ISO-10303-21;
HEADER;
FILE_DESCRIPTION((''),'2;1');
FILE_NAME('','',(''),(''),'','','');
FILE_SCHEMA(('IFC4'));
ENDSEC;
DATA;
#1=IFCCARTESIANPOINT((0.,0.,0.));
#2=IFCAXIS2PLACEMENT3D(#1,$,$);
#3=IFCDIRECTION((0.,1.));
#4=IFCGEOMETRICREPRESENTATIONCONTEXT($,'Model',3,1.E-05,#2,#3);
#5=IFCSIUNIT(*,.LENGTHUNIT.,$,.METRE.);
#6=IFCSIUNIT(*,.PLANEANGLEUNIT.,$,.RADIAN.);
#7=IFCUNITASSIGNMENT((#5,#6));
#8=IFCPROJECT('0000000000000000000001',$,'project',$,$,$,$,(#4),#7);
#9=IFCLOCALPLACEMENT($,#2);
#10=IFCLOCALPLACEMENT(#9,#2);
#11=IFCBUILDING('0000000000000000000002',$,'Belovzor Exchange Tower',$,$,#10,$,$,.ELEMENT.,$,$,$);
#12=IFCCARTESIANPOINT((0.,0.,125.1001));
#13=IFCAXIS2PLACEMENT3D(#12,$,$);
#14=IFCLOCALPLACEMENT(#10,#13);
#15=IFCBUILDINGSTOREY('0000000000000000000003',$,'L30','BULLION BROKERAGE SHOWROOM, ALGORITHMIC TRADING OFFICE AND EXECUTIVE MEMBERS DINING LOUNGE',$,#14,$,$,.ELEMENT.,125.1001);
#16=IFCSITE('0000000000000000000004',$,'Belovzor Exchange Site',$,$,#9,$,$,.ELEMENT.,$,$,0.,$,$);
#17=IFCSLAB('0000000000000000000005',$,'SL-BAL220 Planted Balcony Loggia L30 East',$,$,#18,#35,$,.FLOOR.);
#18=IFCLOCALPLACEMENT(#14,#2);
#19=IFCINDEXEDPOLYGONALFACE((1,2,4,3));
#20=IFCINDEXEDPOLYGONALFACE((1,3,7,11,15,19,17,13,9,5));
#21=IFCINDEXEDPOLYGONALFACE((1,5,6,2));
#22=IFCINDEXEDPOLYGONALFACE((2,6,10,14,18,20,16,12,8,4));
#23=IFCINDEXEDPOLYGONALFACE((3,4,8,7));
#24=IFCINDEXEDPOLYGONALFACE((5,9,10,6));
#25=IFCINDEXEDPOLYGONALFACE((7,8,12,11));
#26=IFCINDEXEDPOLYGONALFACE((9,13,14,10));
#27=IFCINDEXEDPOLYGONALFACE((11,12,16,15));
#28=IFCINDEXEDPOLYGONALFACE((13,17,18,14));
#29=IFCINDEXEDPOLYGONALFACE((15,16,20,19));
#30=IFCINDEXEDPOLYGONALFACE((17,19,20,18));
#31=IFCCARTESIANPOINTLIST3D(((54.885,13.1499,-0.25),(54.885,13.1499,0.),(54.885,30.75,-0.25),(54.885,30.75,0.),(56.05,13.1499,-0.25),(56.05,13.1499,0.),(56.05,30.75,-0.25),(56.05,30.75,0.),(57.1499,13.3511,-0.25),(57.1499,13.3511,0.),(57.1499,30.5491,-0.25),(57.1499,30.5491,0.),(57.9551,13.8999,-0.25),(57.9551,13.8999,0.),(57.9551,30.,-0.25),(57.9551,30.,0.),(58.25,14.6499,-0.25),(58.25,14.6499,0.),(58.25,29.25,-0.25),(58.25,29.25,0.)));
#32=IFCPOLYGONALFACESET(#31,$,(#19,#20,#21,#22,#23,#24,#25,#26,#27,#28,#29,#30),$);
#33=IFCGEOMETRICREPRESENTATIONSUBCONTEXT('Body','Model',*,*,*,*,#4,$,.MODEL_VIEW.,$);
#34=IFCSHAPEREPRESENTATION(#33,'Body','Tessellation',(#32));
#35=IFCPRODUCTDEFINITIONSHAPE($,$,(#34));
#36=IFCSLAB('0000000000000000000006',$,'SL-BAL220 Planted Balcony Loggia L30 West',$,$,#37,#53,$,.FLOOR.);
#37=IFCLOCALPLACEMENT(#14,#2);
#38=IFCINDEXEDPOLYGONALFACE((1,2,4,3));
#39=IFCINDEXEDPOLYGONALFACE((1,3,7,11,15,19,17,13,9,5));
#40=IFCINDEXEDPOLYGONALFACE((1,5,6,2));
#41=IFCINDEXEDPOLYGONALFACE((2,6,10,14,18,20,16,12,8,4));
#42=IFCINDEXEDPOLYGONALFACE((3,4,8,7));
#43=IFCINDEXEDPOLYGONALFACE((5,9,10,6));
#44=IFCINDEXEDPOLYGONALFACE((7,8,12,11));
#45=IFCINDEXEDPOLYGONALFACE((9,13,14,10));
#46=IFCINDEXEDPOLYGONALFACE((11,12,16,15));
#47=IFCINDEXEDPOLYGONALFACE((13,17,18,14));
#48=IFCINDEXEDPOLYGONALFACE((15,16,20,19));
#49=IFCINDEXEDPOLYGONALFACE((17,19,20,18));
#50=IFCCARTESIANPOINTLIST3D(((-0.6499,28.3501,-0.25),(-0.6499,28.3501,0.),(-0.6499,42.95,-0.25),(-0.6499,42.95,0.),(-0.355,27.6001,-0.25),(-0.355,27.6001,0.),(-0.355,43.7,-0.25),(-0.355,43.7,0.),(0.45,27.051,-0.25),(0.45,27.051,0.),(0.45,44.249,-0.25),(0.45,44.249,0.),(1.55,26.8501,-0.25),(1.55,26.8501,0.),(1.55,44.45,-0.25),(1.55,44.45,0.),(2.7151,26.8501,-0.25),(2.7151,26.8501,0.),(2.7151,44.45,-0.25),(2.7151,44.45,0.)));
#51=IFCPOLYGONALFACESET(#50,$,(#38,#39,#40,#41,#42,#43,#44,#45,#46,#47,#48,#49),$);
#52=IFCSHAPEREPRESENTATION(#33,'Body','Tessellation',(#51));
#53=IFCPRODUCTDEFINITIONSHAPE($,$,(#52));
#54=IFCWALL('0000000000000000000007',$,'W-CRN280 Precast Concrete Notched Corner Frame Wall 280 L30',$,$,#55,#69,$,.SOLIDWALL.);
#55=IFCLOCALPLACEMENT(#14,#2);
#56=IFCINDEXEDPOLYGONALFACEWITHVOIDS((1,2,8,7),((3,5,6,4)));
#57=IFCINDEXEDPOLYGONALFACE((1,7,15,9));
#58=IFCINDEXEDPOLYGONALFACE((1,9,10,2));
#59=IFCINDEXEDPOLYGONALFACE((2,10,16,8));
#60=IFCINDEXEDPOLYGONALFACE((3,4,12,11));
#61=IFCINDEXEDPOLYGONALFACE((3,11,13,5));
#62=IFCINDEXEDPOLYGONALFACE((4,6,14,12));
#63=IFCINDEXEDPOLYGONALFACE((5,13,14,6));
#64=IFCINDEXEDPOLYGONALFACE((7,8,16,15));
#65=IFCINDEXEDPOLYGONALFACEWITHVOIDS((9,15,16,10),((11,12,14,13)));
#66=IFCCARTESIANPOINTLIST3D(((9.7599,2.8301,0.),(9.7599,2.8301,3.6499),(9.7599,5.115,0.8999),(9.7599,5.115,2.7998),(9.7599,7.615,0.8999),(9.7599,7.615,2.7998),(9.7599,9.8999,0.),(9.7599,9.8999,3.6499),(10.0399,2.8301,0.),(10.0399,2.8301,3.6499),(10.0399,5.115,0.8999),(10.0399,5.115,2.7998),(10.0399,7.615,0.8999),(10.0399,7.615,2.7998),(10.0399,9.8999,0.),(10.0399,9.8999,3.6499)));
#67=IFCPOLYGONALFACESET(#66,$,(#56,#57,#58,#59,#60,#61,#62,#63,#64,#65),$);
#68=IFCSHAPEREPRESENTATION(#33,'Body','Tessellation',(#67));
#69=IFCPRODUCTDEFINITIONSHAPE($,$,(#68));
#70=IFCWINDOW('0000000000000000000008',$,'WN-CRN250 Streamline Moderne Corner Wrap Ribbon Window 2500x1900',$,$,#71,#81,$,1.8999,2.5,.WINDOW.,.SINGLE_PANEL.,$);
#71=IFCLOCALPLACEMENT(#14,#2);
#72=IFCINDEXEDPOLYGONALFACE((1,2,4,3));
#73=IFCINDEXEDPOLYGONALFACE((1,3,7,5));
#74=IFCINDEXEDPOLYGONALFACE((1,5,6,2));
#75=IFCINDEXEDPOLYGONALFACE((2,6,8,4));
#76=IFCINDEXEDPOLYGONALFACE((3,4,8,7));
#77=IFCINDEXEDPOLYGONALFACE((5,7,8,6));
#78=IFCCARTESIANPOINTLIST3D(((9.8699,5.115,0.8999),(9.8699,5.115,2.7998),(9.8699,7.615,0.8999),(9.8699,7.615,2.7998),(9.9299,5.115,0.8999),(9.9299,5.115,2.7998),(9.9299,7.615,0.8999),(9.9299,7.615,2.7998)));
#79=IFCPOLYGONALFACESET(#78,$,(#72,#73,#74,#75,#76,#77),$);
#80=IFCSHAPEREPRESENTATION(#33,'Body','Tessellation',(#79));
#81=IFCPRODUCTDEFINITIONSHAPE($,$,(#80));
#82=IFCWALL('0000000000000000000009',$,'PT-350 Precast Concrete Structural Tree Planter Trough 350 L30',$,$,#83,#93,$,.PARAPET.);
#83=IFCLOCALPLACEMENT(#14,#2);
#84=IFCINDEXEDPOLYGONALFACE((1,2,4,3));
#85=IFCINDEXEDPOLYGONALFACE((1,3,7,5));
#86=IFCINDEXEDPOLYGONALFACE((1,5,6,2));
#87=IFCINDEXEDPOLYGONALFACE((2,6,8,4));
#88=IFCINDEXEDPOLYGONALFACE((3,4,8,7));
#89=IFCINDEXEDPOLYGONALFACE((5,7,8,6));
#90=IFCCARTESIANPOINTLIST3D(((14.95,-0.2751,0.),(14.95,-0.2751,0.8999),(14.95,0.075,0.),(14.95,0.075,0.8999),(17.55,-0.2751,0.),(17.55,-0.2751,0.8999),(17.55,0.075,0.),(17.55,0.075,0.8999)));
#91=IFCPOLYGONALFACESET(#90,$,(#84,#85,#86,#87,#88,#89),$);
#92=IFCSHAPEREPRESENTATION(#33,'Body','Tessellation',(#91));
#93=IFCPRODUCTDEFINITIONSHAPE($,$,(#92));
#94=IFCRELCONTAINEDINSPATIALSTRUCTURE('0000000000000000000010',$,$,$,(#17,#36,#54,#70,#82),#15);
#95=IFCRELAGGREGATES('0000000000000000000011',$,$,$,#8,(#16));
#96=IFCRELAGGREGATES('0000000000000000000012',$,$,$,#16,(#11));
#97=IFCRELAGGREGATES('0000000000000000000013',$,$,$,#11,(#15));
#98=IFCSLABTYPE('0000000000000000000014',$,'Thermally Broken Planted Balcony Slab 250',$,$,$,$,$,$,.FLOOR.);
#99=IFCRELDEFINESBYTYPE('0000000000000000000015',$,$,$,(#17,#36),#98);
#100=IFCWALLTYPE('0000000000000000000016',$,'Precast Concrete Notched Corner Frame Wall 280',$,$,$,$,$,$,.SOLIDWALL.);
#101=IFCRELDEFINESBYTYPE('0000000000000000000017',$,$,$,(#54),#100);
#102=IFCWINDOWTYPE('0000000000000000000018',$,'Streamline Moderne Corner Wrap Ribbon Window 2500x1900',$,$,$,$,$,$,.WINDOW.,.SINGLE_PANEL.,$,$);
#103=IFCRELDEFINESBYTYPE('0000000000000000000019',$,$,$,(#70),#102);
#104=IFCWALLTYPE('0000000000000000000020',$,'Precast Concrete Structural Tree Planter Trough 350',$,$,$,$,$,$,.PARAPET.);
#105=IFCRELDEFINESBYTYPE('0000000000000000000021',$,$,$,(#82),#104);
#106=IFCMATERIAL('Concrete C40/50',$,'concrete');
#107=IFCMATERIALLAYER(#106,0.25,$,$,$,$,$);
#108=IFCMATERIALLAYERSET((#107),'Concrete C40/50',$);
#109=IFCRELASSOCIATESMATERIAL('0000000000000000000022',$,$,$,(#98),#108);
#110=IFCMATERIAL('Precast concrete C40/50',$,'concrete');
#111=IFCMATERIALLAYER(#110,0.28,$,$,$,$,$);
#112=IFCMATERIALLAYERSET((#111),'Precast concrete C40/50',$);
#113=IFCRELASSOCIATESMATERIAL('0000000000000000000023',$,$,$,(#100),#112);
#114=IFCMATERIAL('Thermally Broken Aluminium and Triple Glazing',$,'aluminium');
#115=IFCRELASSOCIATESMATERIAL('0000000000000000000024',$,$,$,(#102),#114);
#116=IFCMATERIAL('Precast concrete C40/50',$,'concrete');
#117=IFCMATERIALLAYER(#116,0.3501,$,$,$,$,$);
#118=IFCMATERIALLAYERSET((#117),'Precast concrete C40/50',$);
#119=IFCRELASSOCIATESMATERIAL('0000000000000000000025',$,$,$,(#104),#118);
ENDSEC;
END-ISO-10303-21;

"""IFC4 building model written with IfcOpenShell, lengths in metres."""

from ifc_helpers import new_model, si_unit, direction, frame, frame_2d, origin, place, context, subcontext, project, spatial, polyline, rectangle, outline, extrude, material, layer, layer_set, type_object, element, fill, save


model = new_model("IFC4")

# Units and contexts
model_context = context("Model", 3, precision=1e-05, world=origin(), true_north=direction((0.0, 1.0)))
body_context = subcontext(model_context, "Body", "Model", "MODEL_VIEW")
ifc_project = project(units=[si_unit("LENGTHUNIT", "METRE"), si_unit("PLANEANGLEUNIT", "RADIAN")], contexts=[model_context])

# Site, building, storey
site_placement = place(None, origin())
site = spatial("IfcSite", under=ifc_project, at=site_placement, Name="Belovzor Exchange Site", CompositionType="ELEMENT", RefElevation=0.0)
building_placement = place(site_placement, origin())
building = spatial("IfcBuilding", under=site, at=building_placement, Name="Belovzor Exchange Tower", CompositionType="ELEMENT")
storey_placement = place(building_placement, frame((0.0, 0.0, 125.1001)))
storey = spatial("IfcBuildingStorey", under=building, at=storey_placement, Name="L30", Description="BULLION BROKERAGE SHOWROOM, ALGORITHMIC TRADING OFFICE AND EXECUTIVE MEMBERS DINING LOUNGE", CompositionType="ELEMENT", Elevation=125.1001)

# Slabs
ifc_material_1 = material(Name="Concrete C40/50", Category="concrete")
ifc_layer_1 = layer(ifc_material_1, 0.25)
ifc_layer_set_1 = layer_set([ifc_layer_1], Name="Concrete C40/50")
slab_type_1 = type_object("IfcSlabType", Name="Thermally Broken Planted Balcony Slab 250", PredefinedType="FLOOR", material=ifc_layer_set_1)
slab_1_placement = place(storey_placement, frame((0.0, 0.0, -0.25)))
element("IfcSlab", 1, at=slab_1_placement, inside=storey, type_object=slab_type_1, Name="SL-BAL220 Planted Balcony Loggia L30 East", PredefinedType="FLOOR", context=body_context, shape_type="SweptSolid", body=[
    extrude(outline(polyline([(54.885, 13.1499), (56.05, 13.1499), (57.1499, 13.3511), (57.9551, 13.8999), (58.25, 14.6499), (58.25, 29.25), (57.9551, 30.0), (57.1499, 30.5491), (56.05, 30.75), (54.885, 30.75), (54.885, 13.1499)])), origin(), (0.0, 0.0, 1.0), 0.25),
])
slab_2_placement = place(storey_placement, frame((0.0, 0.0, -0.25)))
element("IfcSlab", 2, at=slab_2_placement, inside=storey, type_object=slab_type_1, Name="SL-BAL220 Planted Balcony Loggia L30 West", PredefinedType="FLOOR", context=body_context, shape_type="SweptSolid", body=[
    extrude(outline(polyline([(2.7151, 44.45), (1.55, 44.45), (0.45, 44.249), (-0.355, 43.7), (-0.6499, 42.95), (-0.6499, 28.3501), (-0.355, 27.6001), (0.45, 27.051), (1.55, 26.8501), (2.7151, 26.8501), (2.7151, 44.45)])), origin(), (0.0, 0.0, 1.0), 0.25),
])

# Wall, opening, window
ifc_material_2 = material(Name="Precast concrete C40/50", Category="concrete")
ifc_layer_2 = layer(ifc_material_2, 0.28)
ifc_layer_set_2 = layer_set([ifc_layer_2], Name="Precast concrete C40/50")
wall_type_1 = type_object("IfcWallType", Name="Precast Concrete Notched Corner Frame Wall 280", PredefinedType="SOLIDWALL", material=ifc_layer_set_2)
wall_1_placement = place(storey_placement, frame((9.8999, 2.8301, 0.0), z_axis=(0.0, 0.0, 1.0), x_axis=(0.0, 1.0, 0.0)))
wall_1 = element("IfcWall", 3, at=wall_1_placement, inside=storey, type_object=wall_type_1, Name="W-CRN280 Precast Concrete Notched Corner Frame Wall 280 L30", PredefinedType="SOLIDWALL", context=body_context, shape_type="SweptSolid", body=[
    extrude(rectangle(XDim=7.0698, YDim=0.28, at=frame_2d((3.5349, 0.0))), origin(), (0.0, 0.0, 1.0), 3.6499),
])
opening_placement = place(wall_1_placement, frame((2.2849, 0.0, 0.8999)))
opening = element("IfcOpeningElement", 4, at=opening_placement, cuts=wall_1, PredefinedType="OPENING", context=body_context, shape_type="SweptSolid", body=[
    extrude(rectangle(XDim=2.5, YDim=1.8999, at=frame_2d((1.25, 0.95))), frame((0.0, 0.1499, 0.0), z_axis=(0.0, -1.0, 0.0), x_axis=(1.0, 0.0, 0.0)), (0.0, 0.0, 1.0), 0.3),
])
ifc_material_3 = material(Name="Thermally Broken Aluminium and Triple Glazing", Category="aluminium")
window_type = type_object("IfcWindowType", Name="Streamline Moderne Corner Wrap Ribbon Window 2500x1900", PartitioningType="SINGLE_PANEL", PredefinedType="WINDOW", material=ifc_material_3)
window_placement = place(opening_placement, origin())
window = element("IfcWindow", 5, at=window_placement, inside=storey, type_object=window_type, Name="WN-CRN250 Streamline Moderne Corner Wrap Ribbon Window 2500x1900", OverallHeight=1.8999, OverallWidth=2.5, PartitioningType="SINGLE_PANEL", PredefinedType="WINDOW", context=body_context, shape_type="SweptSolid", body=[
    extrude(rectangle(XDim=2.5, YDim=1.8999, at=frame_2d((1.25, 0.95))), frame((0.0, 0.03, 0.0), z_axis=(0.0, -1.0, 0.0), x_axis=(1.0, 0.0, 0.0)), (0.0, 0.0, 1.0), 0.0601),
])
fill(opening, window)

# Wall
ifc_material_4 = material(Name="Precast concrete C40/50", Category="concrete")
ifc_layer_3 = layer(ifc_material_4, 0.3501)
ifc_layer_set_3 = layer_set([ifc_layer_3], Name="Precast concrete C40/50")
wall_type_2 = type_object("IfcWallType", Name="Precast Concrete Structural Tree Planter Trough 350", PredefinedType="PARAPET", material=ifc_layer_set_3)
wall_2_placement = place(storey_placement, frame((14.95, -0.1001, 0.0), z_axis=(0.0, 0.0, 1.0), x_axis=(1.0, 0.0, 0.0)))
element("IfcWall", 6, at=wall_2_placement, inside=storey, type_object=wall_type_2, Name="PT-350 Precast Concrete Structural Tree Planter Trough 350 L30", PredefinedType="PARAPET", context=body_context, shape_type="SweptSolid", body=[
    extrude(rectangle(XDim=2.6001, YDim=0.3501, at=frame_2d((1.3, 0.0))), origin(), (0.0, 0.0, 1.0), 0.8999),
])

save(model, "model.ifc")
